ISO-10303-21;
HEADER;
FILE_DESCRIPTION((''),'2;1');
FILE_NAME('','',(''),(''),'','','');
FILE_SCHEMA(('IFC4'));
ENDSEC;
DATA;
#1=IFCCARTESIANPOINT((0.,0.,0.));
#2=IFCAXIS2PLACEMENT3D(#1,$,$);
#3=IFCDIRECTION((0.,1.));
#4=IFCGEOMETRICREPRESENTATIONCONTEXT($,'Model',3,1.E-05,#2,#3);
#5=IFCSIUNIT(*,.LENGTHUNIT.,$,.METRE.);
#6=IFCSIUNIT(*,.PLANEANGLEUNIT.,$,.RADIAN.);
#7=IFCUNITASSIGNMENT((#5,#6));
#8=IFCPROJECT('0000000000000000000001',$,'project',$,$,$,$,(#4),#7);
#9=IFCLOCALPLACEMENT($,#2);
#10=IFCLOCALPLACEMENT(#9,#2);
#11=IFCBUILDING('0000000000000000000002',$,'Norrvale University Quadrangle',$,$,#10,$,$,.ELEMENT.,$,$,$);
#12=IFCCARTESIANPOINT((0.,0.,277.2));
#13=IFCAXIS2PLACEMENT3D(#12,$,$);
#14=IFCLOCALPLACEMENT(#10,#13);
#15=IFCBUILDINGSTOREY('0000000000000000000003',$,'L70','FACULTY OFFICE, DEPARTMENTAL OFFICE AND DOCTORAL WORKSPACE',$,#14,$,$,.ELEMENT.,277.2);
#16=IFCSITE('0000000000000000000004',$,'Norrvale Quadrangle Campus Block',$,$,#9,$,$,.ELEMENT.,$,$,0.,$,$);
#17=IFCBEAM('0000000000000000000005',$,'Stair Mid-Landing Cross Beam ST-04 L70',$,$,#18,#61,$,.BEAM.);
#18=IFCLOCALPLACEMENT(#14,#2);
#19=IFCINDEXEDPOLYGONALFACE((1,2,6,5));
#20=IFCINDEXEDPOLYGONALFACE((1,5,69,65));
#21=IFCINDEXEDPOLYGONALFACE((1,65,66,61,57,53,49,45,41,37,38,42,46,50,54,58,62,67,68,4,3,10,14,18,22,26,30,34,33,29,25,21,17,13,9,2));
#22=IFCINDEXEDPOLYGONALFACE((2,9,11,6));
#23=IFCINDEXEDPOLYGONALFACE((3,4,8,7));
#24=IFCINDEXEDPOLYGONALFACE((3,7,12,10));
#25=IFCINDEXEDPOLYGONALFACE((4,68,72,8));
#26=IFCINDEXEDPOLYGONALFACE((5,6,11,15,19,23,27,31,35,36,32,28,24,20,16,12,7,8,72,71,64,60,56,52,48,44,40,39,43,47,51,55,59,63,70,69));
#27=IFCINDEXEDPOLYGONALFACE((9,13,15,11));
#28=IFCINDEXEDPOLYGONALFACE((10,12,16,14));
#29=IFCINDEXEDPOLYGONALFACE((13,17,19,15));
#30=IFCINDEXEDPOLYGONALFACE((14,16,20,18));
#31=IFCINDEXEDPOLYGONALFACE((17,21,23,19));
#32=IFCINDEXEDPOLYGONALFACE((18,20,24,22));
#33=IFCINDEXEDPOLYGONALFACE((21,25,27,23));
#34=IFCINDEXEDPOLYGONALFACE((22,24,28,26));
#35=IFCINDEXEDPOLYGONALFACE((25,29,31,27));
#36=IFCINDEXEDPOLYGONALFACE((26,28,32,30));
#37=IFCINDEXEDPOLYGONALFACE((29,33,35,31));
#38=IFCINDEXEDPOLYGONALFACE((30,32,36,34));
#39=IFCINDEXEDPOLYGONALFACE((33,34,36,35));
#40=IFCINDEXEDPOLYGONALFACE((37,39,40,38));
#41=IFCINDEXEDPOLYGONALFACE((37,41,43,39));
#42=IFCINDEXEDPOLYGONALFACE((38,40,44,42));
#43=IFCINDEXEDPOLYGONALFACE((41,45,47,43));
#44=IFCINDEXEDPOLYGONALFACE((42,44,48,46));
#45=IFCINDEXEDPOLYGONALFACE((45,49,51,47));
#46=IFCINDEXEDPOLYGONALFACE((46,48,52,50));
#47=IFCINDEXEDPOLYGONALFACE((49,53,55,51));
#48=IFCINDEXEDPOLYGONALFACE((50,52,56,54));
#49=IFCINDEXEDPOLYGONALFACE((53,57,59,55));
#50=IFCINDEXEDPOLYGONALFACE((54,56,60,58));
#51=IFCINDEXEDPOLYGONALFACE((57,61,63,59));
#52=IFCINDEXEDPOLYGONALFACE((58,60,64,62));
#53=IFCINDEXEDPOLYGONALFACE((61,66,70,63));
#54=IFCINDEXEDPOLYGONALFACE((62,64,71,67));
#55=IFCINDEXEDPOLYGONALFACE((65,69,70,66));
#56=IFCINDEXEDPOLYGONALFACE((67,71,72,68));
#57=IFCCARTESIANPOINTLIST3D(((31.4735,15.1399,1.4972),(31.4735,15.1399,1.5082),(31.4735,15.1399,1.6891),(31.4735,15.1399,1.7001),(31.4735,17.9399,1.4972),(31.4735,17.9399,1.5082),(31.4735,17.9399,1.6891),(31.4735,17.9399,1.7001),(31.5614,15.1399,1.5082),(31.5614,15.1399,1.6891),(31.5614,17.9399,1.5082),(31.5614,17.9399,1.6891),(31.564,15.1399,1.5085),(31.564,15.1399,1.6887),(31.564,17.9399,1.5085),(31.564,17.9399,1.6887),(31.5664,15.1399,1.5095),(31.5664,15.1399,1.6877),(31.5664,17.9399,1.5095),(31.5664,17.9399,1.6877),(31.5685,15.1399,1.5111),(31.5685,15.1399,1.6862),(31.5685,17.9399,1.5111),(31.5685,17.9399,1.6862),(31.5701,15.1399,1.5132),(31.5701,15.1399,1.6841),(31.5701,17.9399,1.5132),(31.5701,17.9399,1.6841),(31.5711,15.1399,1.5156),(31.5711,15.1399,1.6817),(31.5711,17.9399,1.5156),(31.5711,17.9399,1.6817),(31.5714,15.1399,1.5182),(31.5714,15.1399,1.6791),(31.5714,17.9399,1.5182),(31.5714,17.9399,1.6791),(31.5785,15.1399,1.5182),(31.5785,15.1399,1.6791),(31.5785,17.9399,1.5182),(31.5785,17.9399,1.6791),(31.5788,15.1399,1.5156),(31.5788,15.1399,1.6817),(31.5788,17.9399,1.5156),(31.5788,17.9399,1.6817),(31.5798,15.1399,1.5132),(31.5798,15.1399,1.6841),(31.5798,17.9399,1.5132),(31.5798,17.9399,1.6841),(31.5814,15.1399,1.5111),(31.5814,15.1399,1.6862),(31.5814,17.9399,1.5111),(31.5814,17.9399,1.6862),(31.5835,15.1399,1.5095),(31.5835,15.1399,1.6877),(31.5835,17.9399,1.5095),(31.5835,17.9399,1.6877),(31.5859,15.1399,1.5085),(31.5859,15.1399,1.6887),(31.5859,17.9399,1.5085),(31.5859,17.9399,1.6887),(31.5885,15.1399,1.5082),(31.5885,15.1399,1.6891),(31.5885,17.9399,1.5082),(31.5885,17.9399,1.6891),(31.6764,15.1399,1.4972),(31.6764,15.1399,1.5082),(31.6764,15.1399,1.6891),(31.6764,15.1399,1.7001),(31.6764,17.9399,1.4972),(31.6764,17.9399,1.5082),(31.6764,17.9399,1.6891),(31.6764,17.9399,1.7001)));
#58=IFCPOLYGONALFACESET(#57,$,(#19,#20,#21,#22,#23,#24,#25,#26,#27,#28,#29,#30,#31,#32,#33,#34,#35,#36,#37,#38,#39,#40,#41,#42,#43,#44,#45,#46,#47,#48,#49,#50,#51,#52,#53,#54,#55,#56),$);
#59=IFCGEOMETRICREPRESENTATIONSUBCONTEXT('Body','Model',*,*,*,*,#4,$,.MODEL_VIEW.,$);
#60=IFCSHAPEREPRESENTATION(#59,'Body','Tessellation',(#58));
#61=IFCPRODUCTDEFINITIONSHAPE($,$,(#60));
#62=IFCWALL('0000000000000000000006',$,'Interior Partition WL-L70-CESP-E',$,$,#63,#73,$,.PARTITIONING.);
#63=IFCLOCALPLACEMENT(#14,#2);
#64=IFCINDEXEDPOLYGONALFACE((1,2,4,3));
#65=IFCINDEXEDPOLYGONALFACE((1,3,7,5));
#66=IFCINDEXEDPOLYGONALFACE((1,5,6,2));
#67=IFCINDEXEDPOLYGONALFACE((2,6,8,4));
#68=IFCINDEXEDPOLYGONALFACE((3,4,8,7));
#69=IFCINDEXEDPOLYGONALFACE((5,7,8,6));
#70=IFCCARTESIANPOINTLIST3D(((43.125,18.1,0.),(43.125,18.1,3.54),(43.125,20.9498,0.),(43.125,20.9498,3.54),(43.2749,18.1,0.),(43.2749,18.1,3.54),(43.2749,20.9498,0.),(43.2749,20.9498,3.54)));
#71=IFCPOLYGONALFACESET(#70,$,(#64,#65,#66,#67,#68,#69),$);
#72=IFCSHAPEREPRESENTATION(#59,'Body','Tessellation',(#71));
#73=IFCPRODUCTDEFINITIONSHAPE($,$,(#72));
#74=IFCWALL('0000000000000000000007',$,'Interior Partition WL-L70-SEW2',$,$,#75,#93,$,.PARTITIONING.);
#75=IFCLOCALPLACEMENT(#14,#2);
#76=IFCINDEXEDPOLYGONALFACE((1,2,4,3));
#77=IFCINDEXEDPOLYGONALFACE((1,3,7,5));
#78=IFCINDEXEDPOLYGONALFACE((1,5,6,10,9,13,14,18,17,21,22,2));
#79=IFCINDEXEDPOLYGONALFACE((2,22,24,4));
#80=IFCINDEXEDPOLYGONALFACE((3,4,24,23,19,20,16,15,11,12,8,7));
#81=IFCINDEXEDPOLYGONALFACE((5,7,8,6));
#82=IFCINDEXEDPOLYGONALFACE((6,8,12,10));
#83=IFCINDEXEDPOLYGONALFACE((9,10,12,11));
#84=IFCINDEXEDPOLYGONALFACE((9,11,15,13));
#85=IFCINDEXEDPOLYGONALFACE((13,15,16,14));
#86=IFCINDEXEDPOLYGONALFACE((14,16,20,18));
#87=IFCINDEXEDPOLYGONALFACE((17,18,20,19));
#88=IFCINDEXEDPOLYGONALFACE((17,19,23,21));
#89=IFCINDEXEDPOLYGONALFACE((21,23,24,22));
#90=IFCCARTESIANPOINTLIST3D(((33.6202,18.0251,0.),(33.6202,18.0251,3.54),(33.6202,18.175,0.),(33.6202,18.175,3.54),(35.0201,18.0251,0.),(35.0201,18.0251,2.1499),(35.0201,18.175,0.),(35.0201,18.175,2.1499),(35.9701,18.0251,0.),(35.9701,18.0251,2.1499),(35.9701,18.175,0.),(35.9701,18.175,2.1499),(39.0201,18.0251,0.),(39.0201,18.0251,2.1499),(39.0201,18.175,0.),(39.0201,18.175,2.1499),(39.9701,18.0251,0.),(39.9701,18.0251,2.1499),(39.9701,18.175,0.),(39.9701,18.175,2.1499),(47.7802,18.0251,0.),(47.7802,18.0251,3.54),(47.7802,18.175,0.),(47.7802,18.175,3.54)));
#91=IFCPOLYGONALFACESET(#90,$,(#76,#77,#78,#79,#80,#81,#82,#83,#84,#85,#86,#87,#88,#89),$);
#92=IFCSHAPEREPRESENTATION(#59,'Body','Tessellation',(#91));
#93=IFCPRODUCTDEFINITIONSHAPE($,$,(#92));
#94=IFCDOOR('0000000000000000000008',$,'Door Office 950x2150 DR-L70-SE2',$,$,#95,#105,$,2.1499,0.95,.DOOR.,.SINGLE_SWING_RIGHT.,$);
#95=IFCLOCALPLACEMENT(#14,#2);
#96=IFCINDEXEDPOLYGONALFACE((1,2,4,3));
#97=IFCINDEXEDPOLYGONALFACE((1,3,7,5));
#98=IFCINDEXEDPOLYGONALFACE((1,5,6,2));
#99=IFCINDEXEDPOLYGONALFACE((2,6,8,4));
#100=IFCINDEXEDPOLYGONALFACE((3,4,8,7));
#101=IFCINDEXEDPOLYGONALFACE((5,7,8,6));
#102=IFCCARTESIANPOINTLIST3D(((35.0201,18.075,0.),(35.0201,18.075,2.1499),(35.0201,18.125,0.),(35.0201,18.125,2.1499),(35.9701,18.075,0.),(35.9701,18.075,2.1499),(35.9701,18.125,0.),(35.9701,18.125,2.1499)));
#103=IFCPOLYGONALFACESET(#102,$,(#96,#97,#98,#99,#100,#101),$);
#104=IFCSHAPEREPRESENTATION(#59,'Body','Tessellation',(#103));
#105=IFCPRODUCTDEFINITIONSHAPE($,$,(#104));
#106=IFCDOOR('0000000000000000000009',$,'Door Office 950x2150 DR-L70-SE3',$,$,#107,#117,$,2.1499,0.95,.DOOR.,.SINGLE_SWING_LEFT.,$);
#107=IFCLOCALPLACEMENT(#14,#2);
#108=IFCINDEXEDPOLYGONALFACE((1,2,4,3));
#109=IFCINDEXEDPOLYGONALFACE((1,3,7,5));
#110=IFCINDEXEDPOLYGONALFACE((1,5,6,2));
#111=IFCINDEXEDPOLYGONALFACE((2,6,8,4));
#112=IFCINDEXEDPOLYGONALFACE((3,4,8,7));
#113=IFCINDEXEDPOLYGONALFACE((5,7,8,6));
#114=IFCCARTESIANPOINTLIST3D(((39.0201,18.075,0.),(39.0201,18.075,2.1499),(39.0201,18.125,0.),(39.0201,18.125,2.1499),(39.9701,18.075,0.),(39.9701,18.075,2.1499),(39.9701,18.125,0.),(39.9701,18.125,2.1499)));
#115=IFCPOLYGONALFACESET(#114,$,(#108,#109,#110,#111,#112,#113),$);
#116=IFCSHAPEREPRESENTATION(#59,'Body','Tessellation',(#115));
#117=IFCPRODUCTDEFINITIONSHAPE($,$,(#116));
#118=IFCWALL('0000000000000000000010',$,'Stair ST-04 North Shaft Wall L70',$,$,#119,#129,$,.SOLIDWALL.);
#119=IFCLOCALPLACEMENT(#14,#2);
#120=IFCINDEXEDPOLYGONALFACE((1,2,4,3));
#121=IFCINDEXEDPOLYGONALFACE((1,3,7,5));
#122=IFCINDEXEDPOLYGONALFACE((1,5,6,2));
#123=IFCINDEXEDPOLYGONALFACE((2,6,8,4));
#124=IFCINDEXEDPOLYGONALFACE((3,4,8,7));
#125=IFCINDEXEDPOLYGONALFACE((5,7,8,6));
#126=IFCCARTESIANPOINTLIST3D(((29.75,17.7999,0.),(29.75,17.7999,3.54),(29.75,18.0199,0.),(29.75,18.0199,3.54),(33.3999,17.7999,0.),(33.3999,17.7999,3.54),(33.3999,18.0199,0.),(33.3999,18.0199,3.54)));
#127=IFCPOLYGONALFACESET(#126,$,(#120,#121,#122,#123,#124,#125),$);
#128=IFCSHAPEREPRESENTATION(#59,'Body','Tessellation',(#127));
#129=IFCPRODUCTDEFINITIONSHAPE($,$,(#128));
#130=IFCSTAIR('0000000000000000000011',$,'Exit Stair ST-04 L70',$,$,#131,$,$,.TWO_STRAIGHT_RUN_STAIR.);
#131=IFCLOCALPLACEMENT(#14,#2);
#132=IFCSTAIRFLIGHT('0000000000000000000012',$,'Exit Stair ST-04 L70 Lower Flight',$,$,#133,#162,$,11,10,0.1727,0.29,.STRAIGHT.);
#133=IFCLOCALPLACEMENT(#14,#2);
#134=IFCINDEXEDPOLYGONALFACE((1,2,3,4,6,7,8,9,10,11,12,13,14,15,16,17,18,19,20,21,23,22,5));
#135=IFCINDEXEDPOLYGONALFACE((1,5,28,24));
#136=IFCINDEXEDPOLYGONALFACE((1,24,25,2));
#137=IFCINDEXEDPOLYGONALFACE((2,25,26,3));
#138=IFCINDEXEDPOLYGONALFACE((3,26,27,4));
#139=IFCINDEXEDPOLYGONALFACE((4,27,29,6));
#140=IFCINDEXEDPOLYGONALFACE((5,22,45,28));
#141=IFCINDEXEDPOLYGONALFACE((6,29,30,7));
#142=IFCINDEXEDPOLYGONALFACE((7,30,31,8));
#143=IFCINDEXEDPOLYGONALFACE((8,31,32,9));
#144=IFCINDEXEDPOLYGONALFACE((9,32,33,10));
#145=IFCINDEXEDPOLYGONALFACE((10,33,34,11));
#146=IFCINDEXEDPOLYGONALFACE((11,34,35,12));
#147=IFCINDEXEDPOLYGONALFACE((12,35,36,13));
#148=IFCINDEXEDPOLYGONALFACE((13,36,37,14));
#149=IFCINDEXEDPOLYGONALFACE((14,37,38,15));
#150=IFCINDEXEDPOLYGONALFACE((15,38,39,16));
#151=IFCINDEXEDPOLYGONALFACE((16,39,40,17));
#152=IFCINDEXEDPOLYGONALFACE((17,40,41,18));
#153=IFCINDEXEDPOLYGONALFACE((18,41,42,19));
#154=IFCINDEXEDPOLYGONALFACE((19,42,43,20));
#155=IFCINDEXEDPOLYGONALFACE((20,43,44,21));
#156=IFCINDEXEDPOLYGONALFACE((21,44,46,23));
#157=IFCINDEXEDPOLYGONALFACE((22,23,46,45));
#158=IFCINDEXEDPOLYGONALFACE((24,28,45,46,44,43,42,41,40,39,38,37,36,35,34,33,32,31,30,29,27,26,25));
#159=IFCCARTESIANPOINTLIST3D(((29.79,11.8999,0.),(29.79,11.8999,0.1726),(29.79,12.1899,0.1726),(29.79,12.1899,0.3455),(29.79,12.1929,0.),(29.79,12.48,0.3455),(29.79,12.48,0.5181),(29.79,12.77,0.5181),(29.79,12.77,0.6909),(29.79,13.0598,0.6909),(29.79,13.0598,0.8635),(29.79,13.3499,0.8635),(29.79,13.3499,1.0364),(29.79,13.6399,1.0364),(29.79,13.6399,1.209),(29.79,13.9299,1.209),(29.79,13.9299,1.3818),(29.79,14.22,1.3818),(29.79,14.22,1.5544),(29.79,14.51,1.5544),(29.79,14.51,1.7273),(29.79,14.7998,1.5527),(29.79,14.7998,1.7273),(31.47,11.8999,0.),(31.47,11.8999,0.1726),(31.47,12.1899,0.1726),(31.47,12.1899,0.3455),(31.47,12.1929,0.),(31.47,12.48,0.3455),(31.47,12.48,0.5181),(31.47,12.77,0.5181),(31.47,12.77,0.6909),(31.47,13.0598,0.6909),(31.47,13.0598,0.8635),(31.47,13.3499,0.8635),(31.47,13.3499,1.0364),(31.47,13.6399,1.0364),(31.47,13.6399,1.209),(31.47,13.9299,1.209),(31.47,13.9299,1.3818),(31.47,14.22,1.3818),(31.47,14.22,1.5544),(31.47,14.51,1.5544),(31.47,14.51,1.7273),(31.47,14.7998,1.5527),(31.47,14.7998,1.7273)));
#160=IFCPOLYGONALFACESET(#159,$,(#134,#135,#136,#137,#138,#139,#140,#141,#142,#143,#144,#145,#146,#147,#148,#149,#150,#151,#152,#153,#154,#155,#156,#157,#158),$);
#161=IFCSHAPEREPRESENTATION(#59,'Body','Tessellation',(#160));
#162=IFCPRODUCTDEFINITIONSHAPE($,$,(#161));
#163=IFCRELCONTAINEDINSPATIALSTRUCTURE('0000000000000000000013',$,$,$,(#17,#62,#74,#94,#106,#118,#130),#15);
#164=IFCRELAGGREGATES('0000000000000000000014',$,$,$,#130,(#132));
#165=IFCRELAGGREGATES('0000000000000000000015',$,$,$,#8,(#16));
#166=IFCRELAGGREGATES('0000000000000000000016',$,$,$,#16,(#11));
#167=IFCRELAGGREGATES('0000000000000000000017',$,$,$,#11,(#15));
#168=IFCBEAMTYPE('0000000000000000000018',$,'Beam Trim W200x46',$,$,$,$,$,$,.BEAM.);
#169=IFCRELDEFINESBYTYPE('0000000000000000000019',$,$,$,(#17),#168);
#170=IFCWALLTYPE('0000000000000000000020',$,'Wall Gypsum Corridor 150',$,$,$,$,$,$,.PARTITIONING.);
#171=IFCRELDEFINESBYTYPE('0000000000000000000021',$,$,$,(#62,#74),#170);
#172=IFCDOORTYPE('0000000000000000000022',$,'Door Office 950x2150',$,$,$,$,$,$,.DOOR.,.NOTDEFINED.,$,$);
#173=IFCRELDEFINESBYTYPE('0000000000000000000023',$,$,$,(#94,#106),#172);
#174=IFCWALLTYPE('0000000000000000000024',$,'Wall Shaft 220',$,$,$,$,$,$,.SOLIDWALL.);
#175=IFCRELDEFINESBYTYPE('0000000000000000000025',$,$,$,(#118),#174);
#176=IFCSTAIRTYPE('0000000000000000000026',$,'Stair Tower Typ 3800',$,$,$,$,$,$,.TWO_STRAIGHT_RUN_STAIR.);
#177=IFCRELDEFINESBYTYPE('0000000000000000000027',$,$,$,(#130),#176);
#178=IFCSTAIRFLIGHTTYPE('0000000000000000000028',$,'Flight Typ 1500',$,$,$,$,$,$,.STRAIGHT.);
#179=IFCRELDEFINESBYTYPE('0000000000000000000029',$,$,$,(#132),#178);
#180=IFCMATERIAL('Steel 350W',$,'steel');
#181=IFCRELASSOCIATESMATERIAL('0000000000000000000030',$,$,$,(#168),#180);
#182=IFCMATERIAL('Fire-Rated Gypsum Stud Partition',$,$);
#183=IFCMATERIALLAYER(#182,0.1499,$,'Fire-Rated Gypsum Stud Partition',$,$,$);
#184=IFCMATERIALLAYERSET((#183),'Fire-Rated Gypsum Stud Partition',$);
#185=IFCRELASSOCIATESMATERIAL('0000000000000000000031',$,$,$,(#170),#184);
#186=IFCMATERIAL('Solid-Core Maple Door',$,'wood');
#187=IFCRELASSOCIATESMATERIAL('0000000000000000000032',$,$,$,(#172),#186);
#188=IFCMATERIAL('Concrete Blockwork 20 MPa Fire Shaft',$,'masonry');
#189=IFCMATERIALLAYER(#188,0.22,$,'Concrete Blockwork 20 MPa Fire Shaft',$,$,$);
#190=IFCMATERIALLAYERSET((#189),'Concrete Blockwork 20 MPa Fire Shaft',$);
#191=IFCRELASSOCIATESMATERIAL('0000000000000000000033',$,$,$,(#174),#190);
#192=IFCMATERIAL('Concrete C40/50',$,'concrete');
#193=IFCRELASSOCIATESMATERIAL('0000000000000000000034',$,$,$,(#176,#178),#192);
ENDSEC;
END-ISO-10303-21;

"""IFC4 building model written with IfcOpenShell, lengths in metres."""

from ifc_helpers import new_model, si_unit, direction, frame, frame_2d, origin, origin_2d, place, context, subcontext, project, spatial, polyline, rectangle, i_section, outline, extrude, material, layer, layer_set, material_profile, profile_set, type_object, element, fill, aggregate, save


model = new_model("IFC4")

# Units and contexts
model_context = context("Model", 3, precision=1e-05, world=origin(), true_north=direction((0.0, 1.0)))
body_context = subcontext(model_context, "Body", "Model", "MODEL_VIEW")
ifc_project = project(units=[si_unit("LENGTHUNIT", "METRE"), si_unit("PLANEANGLEUNIT", "RADIAN")], contexts=[model_context])

# Site, building, storey
site_placement = place(None, origin())
site = spatial("IfcSite", under=ifc_project, at=site_placement, Name="Norrvale Quadrangle Campus Block", CompositionType="ELEMENT", RefElevation=0.0)
building_placement = place(site_placement, origin())
building = spatial("IfcBuilding", under=site, at=building_placement, Name="Norrvale University Quadrangle", CompositionType="ELEMENT")
storey_placement = place(building_placement, frame((0.0, 0.0, 277.2)))
storey = spatial("IfcBuildingStorey", under=building, at=storey_placement, Name="L70", Description="FACULTY OFFICE, DEPARTMENTAL OFFICE AND DOCTORAL WORKSPACE", CompositionType="ELEMENT", Elevation=277.2)

# Beam
ifc_material_1 = material(Name="Steel 350W", Category="steel")
ifc_material_profile_1 = material_profile(ifc_material_1, i_section(OverallWidth=0.2029, OverallDepth=0.2029, WebThickness=0.0071, FlangeThickness=0.011, FilletRadius=0.01, at=origin_2d()), Name="Steel 350W")
ifc_profile_set_1 = profile_set([ifc_material_profile_1], Name="Steel 350W")
beam_type_1 = type_object("IfcBeamType", Name="Beam Trim W200x46", PredefinedType="BEAM", material=ifc_profile_set_1)
beam_1_placement = place(storey_placement, frame((31.575, 15.1399, 1.5986), z_axis=(0.0, 1.0, 0.0), x_axis=(-1.0, 0.0, 0.0)))
element("IfcBeam", 1, at=beam_1_placement, inside=storey, type_object=beam_type_1, Name="Stair Mid-Landing Cross Beam ST-04 L70", PredefinedType="BEAM", context=body_context, shape_type="SweptSolid", body=[
    extrude(i_section(OverallWidth=0.2029, OverallDepth=0.2029, WebThickness=0.0071, FlangeThickness=0.011, FilletRadius=0.01, at=origin_2d()), origin(), (0.0, 0.0, 1.0), 2.8),
])

# Wall
ifc_material_2 = material(Name="Fire-Rated Gypsum Stud Partition")
ifc_layer_1 = layer(ifc_material_2, 0.1499, Name="Fire-Rated Gypsum Stud Partition")
ifc_layer_set_1 = layer_set([ifc_layer_1], Name="Fire-Rated Gypsum Stud Partition")
wall_type_1 = type_object("IfcWallType", Name="Wall Gypsum Corridor 150", PredefinedType="PARTITIONING", material=ifc_layer_set_1)
wall_1_placement = place(storey_placement, frame((43.2, 18.1001, 0.0), z_axis=(0.0, 0.0, 1.0), x_axis=(0.0, 1.0, 0.0)))
element("IfcWall", 2, at=wall_1_placement, inside=storey, type_object=wall_type_1, Name="Interior Partition WL-L70-CESP-E", PredefinedType="PARTITIONING", context=body_context, shape_type="SweptSolid", body=[
    extrude(rectangle(XDim=2.8499, YDim=0.1499, at=frame_2d((1.4248, 0.0))), origin(), (0.0, 0.0, 1.0), 3.54),
])

# Wall, openings, doors
wall_2_placement = place(storey_placement, frame((33.6201, 18.1001, 0.0), z_axis=(0.0, 0.0, 1.0), x_axis=(1.0, 0.0, 0.0)))
wall_2 = element("IfcWall", 3, at=wall_2_placement, inside=storey, type_object=wall_type_1, Name="Interior Partition WL-L70-SEW2", PredefinedType="PARTITIONING", context=body_context, shape_type="SweptSolid", body=[
    extrude(rectangle(XDim=14.1599, YDim=0.1499, at=frame_2d((7.0801, 0.0))), origin(), (0.0, 0.0, 1.0), 3.54),
])
opening_1_placement = place(wall_2_placement, frame((1.3999, 0.0, 0.0)))
opening_1 = element("IfcOpeningElement", 4, at=opening_1_placement, cuts=wall_2, PredefinedType="OPENING", context=body_context, shape_type="SweptSolid", body=[
    extrude(rectangle(XDim=0.95, YDim=2.1499, at=frame_2d((0.4751, 1.075))), frame((0.0, 0.0869, 0.0), z_axis=(0.0, -1.0, 0.0), x_axis=(1.0, 0.0, 0.0)), (0.0, 0.0, 1.0), 0.1738),
])
opening_2_placement = place(wall_2_placement, frame((5.3999, 0.0, 0.0)))
opening_2 = element("IfcOpeningElement", 5, at=opening_2_placement, cuts=wall_2, PredefinedType="OPENING", context=body_context, shape_type="SweptSolid", body=[
    extrude(rectangle(XDim=0.95, YDim=2.1499, at=frame_2d((0.4751, 1.075))), frame((0.0, 0.0869, 0.0), z_axis=(0.0, -1.0, 0.0), x_axis=(1.0, 0.0, 0.0)), (0.0, 0.0, 1.0), 0.1738),
])
ifc_material_3 = material(Name="Solid-Core Maple Door", Category="wood")
door_type = type_object("IfcDoorType", Name="Door Office 950x2150", OperationType="NOTDEFINED", PredefinedType="DOOR", material=ifc_material_3)
door_1_placement = place(opening_1_placement, origin())
door_1 = element("IfcDoor", 6, at=door_1_placement, inside=storey, type_object=door_type, Name="Door Office 950x2150 DR-L70-SE2", OperationType="SINGLE_SWING_RIGHT", OverallHeight=2.1499, OverallWidth=0.95, PredefinedType="DOOR", context=body_context, shape_type="SweptSolid", body=[
    extrude(rectangle(XDim=0.95, YDim=2.1499, at=frame_2d((0.4751, 1.075))), frame((0.0, 0.0249, 0.0), z_axis=(0.0, -1.0, 0.0), x_axis=(1.0, 0.0, 0.0)), (0.0, 0.0, 1.0), 0.05),
])
fill(opening_1, door_1)
door_2_placement = place(opening_2_placement, origin())
door_2 = element("IfcDoor", 7, at=door_2_placement, inside=storey, type_object=door_type, Name="Door Office 950x2150 DR-L70-SE3", OperationType="SINGLE_SWING_LEFT", OverallHeight=2.1499, OverallWidth=0.95, PredefinedType="DOOR", context=body_context, shape_type="SweptSolid", body=[
    extrude(rectangle(XDim=0.95, YDim=2.1499, at=frame_2d((0.4751, 1.075))), frame((0.0, 0.0249, 0.0), z_axis=(0.0, -1.0, 0.0), x_axis=(1.0, 0.0, 0.0)), (0.0, 0.0, 1.0), 0.05),
])
fill(opening_2, door_2)

# Wall
ifc_material_4 = material(Name="Concrete Blockwork 20 MPa Fire Shaft", Category="masonry")
ifc_layer_2 = layer(ifc_material_4, 0.22, Name="Concrete Blockwork 20 MPa Fire Shaft")
ifc_layer_set_2 = layer_set([ifc_layer_2], Name="Concrete Blockwork 20 MPa Fire Shaft")
wall_type_2 = type_object("IfcWallType", Name="Wall Shaft 220", PredefinedType="SOLIDWALL", material=ifc_layer_set_2)
wall_3_placement = place(storey_placement, frame((29.75, 17.9099, 0.0), z_axis=(0.0, 0.0, 1.0), x_axis=(1.0, 0.0, 0.0)))
element("IfcWall", 8, at=wall_3_placement, inside=storey, type_object=wall_type_2, Name="Stair ST-04 North Shaft Wall L70", PredefinedType="SOLIDWALL", context=body_context, shape_type="SweptSolid", body=[
    extrude(rectangle(XDim=3.6499, YDim=0.22, at=frame_2d((1.825, 0.0))), origin(), (0.0, 0.0, 1.0), 3.54),
])

# Stair, stair flight
ifc_material_5 = material(Name="Concrete C40/50", Category="concrete")
stair_type = type_object("IfcStairType", Name="Stair Tower Typ 3800", PredefinedType="TWO_STRAIGHT_RUN_STAIR", material=ifc_material_5)
stair_placement = place(storey_placement, origin())
stair = element("IfcStair", 9, at=stair_placement, inside=storey, type_object=stair_type, Name="Exit Stair ST-04 L70", PredefinedType="TWO_STRAIGHT_RUN_STAIR")
stair_flight_type = type_object("IfcStairFlightType", Name="Flight Typ 1500", PredefinedType="STRAIGHT", material=ifc_material_5)
stair_flight_1_placement = place(storey_placement, frame((30.6299, 11.8999, 0.0), z_axis=(0.0, 0.0, 1.0), x_axis=(0.0, 1.0, 0.0)))
stair_flight_1 = element("IfcStairFlight", 10, at=stair_flight_1_placement, type_object=stair_flight_type, Name="Exit Stair ST-04 L70 Lower Flight", NumberOfRisers=11, NumberOfTreads=10, PredefinedType="STRAIGHT", RiserHeight=0.1727, TreadLength=0.29, context=body_context, shape_type="SweptSolid", body=[
    extrude(outline(polyline([(0.0, 0.0), (0.0, 0.1726), (0.29, 0.1726), (0.29, 0.3455), (0.5801, 0.3455), (0.5801, 0.5181), (0.8701, 0.5181), (0.8701, 0.6909), (1.1599, 0.6909), (1.1599, 0.8635), (1.45, 0.8635), (1.45, 1.0364), (1.74, 1.0364), (1.74, 1.209), (2.03, 1.209), (2.03, 1.3818), (2.3201, 1.3818), (2.3201, 1.5544), (2.6101, 1.5544), (2.6101, 1.7273), (2.8999, 1.7273), (2.8999, 1.8999), (2.8999, 1.5527), (0.293, 0.0), (0.0, 0.0)])), frame((0.0, 0.8398, 0.0), z_axis=(0.0, -1.0, 0.0), x_axis=(1.0, 0.0, 0.0)), (0.0, 0.0, 1.0), 1.6799),
])
aggregate(stair, [stair_flight_1])

save(model, "model.ifc")
